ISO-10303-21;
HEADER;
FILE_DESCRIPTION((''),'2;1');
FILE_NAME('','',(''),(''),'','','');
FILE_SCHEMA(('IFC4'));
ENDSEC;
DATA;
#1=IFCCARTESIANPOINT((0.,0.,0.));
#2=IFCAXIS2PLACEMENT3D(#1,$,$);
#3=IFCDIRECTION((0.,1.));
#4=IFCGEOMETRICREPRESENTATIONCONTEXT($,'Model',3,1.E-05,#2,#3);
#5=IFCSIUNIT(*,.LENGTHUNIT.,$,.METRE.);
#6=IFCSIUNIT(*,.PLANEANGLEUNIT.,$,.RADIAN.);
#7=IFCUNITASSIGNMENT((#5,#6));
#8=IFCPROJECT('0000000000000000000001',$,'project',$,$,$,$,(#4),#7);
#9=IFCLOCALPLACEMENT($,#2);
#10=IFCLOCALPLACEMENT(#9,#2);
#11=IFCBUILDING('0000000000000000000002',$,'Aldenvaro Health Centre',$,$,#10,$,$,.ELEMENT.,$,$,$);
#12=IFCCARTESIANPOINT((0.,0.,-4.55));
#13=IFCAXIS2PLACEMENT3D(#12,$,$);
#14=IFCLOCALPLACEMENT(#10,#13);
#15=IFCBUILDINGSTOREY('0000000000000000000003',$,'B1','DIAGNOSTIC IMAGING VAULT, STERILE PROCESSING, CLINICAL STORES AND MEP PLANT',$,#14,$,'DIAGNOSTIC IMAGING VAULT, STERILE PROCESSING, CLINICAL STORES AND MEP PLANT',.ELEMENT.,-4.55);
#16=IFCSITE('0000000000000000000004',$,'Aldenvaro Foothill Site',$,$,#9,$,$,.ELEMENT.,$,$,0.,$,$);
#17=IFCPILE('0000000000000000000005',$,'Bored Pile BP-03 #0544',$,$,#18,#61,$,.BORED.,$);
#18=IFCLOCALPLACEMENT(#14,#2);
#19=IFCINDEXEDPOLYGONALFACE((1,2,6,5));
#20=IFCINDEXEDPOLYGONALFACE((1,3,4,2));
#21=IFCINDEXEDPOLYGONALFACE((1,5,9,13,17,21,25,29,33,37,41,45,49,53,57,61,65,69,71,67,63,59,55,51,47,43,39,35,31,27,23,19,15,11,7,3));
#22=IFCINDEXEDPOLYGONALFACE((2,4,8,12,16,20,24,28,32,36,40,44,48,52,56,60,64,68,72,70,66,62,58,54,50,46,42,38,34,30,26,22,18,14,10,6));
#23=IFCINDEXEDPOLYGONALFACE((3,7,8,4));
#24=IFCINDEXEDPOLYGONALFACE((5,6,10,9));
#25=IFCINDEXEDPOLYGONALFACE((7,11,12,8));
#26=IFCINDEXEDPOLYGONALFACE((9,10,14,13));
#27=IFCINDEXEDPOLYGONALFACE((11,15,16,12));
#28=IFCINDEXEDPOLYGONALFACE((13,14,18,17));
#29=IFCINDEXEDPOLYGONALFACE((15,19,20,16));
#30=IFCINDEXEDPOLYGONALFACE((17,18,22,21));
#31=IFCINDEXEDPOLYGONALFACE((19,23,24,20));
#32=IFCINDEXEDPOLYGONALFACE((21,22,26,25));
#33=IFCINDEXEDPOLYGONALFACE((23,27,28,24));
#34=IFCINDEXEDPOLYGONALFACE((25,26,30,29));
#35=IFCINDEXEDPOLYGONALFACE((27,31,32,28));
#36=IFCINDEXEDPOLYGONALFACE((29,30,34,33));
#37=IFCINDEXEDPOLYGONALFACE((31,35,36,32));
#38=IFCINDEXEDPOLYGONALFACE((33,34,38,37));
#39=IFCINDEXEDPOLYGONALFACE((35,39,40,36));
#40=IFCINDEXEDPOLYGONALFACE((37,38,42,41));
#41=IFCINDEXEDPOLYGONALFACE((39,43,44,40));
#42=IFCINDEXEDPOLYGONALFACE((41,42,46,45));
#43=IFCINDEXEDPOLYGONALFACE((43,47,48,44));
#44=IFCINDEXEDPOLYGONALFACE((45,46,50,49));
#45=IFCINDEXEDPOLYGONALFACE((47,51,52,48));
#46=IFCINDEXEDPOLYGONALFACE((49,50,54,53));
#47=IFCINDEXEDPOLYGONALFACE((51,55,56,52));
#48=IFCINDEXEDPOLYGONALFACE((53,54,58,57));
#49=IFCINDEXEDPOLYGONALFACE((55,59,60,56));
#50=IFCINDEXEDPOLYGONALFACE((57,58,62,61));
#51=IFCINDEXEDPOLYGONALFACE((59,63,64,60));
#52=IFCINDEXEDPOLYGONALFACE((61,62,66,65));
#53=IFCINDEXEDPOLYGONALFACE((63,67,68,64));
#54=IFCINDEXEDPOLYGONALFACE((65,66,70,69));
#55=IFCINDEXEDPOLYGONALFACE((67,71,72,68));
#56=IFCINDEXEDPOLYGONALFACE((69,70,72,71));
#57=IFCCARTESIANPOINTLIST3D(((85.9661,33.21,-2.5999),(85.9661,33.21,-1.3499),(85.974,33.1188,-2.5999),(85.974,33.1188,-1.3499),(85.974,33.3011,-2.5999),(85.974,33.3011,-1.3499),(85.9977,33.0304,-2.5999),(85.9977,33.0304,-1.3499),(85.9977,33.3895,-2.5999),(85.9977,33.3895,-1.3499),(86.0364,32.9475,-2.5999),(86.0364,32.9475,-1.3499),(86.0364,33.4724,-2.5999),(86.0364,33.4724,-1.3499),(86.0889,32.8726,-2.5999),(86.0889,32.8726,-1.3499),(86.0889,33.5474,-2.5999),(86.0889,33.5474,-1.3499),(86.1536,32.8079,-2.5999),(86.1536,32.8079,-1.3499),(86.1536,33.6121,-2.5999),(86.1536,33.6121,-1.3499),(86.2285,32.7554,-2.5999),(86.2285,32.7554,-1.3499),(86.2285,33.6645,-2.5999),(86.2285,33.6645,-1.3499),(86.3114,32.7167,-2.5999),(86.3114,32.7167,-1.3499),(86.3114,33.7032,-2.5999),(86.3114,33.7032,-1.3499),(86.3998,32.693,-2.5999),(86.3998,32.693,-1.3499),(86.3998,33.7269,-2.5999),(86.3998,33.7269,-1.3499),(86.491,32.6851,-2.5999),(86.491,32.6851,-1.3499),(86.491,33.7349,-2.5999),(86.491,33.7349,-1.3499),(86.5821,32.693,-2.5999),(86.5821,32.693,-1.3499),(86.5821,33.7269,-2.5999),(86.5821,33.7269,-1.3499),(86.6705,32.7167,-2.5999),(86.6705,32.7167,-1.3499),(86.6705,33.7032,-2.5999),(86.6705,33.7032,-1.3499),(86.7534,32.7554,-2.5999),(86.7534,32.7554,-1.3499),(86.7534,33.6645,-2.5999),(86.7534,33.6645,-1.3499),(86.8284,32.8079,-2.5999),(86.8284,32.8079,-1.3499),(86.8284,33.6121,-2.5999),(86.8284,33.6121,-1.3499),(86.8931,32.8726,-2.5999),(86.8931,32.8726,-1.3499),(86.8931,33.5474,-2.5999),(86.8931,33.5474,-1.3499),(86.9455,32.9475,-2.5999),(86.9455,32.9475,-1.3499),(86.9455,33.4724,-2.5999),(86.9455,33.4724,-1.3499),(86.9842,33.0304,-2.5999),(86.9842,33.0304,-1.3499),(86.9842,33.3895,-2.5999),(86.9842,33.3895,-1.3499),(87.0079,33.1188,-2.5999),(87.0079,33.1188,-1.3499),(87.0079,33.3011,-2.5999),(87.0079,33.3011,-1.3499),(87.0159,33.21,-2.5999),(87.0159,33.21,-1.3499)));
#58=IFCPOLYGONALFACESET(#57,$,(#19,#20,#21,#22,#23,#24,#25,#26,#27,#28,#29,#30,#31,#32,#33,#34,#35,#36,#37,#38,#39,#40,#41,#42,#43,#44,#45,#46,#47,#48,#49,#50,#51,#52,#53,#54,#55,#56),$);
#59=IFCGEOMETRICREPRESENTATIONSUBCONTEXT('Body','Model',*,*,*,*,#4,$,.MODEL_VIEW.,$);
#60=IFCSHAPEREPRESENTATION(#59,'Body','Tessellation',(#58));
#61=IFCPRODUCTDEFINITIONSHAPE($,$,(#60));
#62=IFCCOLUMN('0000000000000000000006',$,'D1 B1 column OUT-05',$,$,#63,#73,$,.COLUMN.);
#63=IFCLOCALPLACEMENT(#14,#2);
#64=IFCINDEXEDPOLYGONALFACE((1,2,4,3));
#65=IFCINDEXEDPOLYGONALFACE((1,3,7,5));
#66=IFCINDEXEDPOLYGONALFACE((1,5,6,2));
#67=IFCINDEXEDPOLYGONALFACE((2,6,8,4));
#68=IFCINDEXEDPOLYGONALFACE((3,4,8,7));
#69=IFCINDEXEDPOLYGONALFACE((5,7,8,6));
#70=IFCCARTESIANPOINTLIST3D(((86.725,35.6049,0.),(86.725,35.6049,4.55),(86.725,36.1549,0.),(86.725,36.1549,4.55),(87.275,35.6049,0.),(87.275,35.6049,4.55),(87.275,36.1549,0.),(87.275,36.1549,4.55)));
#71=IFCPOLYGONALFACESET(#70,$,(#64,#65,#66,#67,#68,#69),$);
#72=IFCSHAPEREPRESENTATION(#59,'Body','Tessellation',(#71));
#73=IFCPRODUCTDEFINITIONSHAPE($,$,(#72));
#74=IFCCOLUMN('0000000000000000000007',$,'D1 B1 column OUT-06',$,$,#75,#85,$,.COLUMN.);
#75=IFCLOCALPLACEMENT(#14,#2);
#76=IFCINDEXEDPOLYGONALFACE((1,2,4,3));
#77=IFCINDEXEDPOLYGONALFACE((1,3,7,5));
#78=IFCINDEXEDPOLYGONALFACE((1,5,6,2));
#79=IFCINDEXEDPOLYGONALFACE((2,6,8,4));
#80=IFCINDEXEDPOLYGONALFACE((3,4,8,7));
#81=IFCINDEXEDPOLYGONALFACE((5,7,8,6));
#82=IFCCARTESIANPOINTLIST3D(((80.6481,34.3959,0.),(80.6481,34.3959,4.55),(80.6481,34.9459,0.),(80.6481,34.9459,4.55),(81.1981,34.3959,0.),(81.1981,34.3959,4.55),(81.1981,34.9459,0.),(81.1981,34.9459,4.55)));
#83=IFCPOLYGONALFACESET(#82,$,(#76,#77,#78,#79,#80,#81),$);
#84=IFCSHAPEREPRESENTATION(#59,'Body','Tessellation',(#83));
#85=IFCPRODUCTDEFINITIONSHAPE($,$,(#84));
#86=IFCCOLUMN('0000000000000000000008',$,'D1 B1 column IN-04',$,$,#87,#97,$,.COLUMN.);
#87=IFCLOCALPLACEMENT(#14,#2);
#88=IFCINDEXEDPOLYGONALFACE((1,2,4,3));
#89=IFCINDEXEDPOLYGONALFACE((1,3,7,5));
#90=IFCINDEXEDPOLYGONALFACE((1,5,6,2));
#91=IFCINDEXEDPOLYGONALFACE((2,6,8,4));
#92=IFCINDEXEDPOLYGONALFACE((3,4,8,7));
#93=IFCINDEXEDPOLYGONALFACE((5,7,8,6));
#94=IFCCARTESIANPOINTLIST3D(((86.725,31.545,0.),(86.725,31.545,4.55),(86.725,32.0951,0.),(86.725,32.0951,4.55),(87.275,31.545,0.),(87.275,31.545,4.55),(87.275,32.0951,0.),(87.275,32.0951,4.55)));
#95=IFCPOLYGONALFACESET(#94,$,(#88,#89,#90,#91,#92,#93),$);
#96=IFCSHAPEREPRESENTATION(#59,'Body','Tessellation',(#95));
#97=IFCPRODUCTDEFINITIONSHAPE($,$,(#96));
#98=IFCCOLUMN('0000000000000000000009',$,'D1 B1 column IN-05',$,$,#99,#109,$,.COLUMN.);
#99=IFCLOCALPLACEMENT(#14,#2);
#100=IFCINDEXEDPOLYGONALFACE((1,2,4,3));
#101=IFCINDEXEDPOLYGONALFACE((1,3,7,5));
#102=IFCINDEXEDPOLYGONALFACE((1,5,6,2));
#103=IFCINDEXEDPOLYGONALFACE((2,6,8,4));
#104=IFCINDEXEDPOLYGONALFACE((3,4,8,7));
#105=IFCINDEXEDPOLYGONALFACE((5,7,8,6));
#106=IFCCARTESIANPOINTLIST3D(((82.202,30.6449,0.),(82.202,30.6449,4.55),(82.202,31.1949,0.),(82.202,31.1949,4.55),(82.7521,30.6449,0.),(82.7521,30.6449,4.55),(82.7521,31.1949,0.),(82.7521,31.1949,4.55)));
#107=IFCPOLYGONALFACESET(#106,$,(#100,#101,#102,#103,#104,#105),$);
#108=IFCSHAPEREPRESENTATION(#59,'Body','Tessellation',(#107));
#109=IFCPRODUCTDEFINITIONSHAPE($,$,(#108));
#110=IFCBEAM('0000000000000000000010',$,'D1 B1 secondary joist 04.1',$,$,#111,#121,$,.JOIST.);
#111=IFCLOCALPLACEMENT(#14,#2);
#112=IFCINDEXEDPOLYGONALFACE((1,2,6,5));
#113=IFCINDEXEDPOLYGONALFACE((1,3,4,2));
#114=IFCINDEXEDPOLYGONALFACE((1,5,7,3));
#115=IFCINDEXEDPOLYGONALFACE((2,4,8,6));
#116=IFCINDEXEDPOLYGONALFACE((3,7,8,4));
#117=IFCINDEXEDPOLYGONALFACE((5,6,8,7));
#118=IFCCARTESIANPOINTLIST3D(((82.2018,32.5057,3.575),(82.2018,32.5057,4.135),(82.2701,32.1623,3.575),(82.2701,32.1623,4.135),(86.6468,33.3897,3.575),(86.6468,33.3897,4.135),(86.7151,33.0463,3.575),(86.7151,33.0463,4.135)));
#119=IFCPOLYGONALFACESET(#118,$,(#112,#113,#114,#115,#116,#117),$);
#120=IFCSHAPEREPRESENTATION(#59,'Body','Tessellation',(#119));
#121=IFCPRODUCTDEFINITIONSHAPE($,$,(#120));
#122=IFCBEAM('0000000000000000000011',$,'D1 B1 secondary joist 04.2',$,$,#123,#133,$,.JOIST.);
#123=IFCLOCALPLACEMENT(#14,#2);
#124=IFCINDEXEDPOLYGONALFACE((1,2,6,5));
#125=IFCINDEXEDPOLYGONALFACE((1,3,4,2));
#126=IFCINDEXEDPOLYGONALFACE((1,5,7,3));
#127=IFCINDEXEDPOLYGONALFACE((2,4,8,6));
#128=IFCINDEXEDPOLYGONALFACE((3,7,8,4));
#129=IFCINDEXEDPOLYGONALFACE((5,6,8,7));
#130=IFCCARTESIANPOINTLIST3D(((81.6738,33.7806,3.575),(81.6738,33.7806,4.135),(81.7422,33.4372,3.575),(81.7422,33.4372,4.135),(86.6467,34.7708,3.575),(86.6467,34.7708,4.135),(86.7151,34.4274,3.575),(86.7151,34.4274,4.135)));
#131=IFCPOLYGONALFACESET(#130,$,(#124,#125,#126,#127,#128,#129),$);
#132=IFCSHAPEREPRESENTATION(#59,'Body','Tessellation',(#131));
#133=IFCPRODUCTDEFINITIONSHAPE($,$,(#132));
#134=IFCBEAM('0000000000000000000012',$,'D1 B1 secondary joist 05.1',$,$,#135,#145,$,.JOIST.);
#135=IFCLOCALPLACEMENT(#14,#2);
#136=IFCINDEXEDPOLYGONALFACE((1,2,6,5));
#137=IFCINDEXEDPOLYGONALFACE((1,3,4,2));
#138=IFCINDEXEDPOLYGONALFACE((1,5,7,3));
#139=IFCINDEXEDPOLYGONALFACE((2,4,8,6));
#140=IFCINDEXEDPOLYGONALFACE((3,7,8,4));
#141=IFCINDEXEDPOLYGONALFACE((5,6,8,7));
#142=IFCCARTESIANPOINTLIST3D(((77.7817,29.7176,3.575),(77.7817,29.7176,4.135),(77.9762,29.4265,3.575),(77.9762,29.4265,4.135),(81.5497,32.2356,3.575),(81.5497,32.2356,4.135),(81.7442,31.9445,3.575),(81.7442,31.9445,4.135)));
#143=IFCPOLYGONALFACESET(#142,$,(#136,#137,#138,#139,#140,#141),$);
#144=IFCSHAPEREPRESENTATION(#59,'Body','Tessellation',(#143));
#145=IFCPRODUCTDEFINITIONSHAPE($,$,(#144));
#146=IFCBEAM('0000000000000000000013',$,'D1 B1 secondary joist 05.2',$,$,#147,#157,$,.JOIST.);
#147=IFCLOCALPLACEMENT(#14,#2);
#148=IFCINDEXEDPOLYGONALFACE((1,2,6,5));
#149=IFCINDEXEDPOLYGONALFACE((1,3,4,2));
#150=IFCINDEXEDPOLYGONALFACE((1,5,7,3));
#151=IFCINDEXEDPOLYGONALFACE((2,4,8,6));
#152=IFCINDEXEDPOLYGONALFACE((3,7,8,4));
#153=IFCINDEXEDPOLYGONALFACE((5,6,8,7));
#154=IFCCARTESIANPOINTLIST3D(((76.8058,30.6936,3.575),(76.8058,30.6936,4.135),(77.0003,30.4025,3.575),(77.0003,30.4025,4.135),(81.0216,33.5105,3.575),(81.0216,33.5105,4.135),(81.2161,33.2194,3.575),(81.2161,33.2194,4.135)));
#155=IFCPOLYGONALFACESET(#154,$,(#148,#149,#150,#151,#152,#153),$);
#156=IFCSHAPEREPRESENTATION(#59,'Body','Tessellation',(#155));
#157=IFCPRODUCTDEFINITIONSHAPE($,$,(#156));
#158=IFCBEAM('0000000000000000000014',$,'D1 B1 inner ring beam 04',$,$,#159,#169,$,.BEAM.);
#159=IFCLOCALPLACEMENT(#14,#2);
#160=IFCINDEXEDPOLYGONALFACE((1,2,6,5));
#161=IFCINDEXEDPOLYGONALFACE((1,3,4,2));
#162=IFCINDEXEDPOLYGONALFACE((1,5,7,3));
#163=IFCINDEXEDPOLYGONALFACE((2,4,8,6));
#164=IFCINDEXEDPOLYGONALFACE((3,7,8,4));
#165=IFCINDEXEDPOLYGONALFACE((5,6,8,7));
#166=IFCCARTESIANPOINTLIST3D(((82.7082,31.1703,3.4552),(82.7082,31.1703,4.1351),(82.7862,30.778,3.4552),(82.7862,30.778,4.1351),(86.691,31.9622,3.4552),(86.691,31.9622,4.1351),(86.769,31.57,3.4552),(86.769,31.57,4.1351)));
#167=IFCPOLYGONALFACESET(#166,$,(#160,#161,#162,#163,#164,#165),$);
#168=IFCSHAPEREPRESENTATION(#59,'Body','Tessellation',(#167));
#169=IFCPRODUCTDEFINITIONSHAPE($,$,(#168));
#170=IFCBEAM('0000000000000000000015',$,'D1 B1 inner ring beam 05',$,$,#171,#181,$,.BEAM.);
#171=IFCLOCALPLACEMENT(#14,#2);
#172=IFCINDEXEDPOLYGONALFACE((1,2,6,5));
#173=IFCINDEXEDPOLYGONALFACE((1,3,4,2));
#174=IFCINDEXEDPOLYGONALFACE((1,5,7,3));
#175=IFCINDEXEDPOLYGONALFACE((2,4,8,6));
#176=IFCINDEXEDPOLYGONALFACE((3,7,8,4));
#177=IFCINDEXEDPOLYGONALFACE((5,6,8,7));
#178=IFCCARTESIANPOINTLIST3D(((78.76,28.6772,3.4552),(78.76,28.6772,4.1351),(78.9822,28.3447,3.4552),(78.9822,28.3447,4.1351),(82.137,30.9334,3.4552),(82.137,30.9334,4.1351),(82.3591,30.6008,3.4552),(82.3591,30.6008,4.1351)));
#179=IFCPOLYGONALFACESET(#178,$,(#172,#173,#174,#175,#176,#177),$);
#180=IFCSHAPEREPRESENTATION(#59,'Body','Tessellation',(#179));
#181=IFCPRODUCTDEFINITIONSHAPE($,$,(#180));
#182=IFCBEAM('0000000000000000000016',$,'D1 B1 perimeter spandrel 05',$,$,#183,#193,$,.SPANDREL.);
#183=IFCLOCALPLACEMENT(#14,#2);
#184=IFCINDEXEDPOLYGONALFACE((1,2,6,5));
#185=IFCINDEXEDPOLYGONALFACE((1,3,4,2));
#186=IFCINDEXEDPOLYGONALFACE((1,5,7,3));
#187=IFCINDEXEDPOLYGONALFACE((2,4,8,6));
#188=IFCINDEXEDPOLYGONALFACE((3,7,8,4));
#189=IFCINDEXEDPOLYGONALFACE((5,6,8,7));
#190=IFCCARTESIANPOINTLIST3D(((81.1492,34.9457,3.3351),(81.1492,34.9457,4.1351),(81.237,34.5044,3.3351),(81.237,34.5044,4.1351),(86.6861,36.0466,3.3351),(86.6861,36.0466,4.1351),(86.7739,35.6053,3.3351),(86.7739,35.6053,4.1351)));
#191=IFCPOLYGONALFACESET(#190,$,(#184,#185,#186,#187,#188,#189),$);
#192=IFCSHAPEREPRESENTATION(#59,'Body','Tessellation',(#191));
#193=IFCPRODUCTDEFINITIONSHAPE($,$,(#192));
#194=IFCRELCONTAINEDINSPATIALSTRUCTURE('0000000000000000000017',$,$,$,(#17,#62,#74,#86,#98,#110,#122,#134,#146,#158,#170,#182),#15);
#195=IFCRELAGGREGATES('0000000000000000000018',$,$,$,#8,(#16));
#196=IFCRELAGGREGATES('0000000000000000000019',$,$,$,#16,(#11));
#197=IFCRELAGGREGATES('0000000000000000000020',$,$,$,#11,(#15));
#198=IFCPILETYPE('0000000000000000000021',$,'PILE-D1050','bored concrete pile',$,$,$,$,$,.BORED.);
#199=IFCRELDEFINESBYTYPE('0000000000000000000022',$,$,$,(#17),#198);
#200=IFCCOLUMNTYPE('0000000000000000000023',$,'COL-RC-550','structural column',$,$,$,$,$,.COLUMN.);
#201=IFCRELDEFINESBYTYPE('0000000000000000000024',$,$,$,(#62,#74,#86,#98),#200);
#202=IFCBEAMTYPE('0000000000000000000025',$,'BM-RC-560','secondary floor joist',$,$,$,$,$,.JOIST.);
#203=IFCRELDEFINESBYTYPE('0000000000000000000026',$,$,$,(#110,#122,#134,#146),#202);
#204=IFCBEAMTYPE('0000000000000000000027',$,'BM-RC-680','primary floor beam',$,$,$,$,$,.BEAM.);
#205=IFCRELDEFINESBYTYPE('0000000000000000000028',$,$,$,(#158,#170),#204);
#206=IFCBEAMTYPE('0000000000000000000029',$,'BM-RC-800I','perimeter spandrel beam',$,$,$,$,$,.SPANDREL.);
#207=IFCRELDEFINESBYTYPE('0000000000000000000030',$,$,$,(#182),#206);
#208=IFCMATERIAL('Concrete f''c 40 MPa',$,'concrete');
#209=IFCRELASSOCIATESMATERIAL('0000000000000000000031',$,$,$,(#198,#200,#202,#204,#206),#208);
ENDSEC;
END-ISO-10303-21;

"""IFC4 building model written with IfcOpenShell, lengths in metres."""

from ifc_helpers import new_model, si_unit, direction, frame, origin, origin_2d, place, context, subcontext, project, spatial, rectangle, circle, extrude, material, material_profile, profile_set, type_object, element, save


model = new_model("IFC4")

# Units and contexts
model_context = context("Model", 3, precision=1e-05, world=origin(), true_north=direction((0.0, 1.0)))
body_context = subcontext(model_context, "Body", "Model", "MODEL_VIEW")
ifc_project = project(units=[si_unit("LENGTHUNIT", "METRE"), si_unit("PLANEANGLEUNIT", "RADIAN")], contexts=[model_context])

# Site, building, storey
site_placement = place(None, origin())
site = spatial("IfcSite", under=ifc_project, at=site_placement, Name="Aldenvaro Foothill Site", CompositionType="ELEMENT", RefElevation=0.0)
building_placement = place(site_placement, origin())
building = spatial("IfcBuilding", under=site, at=building_placement, Name="Aldenvaro Health Centre", CompositionType="ELEMENT")
storey_placement = place(building_placement, frame((0.0, 0.0, -4.55)))
storey = spatial("IfcBuildingStorey", under=building, at=storey_placement, Name="B1", Description="DIAGNOSTIC IMAGING VAULT, STERILE PROCESSING, CLINICAL STORES AND MEP PLANT", LongName="DIAGNOSTIC IMAGING VAULT, STERILE PROCESSING, CLINICAL STORES AND MEP PLANT", CompositionType="ELEMENT", Elevation=-4.55)

# Pile
ifc_material_1 = material(Name="Concrete f'c 40 MPa", Category="concrete")
ifc_material_profile_1 = material_profile(ifc_material_1, circle(Radius=0.5249, at=origin_2d()), Name="PILE D1050", Category="concrete")
ifc_profile_set_1 = profile_set([ifc_material_profile_1], Name="Concrete f'c 40 MPa")
pile_type = type_object("IfcPileType", Name="PILE-D1050", Description="bored concrete pile", PredefinedType="BORED", material=ifc_profile_set_1)
for number, where, z_axis, x_axis, name in (
    (1, (86.491, 33.21, -1.3499), (0.0, 0.0, -1.0), (1.0, 0.0, 0.0), "Bored Pile BP-03 #0544"),
):
    element("IfcPile", number, at=place(storey_placement, frame(where, z_axis=z_axis, x_axis=x_axis)), inside=storey, type_object=pile_type, Name=name, PredefinedType="BORED", context=body_context, shape_type="SweptSolid", body=[
        extrude(circle(Radius=0.5249, at=origin_2d()), origin(), (0.0, 0.0, 1.0), 1.25),
    ])

# Columns
ifc_material_profile_2 = material_profile(ifc_material_1, rectangle(XDim=0.55, YDim=0.55, at=origin_2d()), Name="RC 550x550", Category="concrete")
ifc_profile_set_2 = profile_set([ifc_material_profile_2], Name="Concrete f'c 40 MPa")
column_type = type_object("IfcColumnType", Name="COL-RC-550", Description="structural column", PredefinedType="COLUMN", material=ifc_profile_set_2)
for number, where, z_axis, x_axis, name in (
    (2, (87.0, 35.8799, 0.0), (0.0, 0.0, 1.0), (1.0, 0.0, 0.0), "D1 B1 column OUT-05"),
    (3, (80.9231, 34.6709, 0.0), (0.0, 0.0, 1.0), (1.0, 0.0, 0.0), "D1 B1 column OUT-06"),
    (4, (87.0, 31.8201, 0.0), (0.0, 0.0, 1.0), (1.0, 0.0, 0.0), "D1 B1 column IN-04"),
    (5, (82.4771, 30.9199, 0.0), (0.0, 0.0, 1.0), (1.0, 0.0, 0.0), "D1 B1 column IN-05"),
):
    element("IfcColumn", number, at=place(storey_placement, frame(where, z_axis=z_axis, x_axis=x_axis)), inside=storey, type_object=column_type, Name=name, PredefinedType="COLUMN", context=body_context, shape_type="SweptSolid", body=[
        extrude(rectangle(XDim=0.55, YDim=0.55, at=origin_2d()), origin(), (0.0, 0.0, 1.0), 4.55),
    ])

# Beams
ifc_material_profile_3 = material_profile(ifc_material_1, rectangle(XDim=0.3501, YDim=0.5601, at=origin_2d()), Name="RC 350x560", Category="concrete")
ifc_profile_set_3 = profile_set([ifc_material_profile_3], Name="Concrete f'c 40 MPa")
beam_type_1 = type_object("IfcBeamType", Name="BM-RC-560", Description="secondary floor joist", PredefinedType="JOIST", material=ifc_profile_set_3)
beam_1_placement = place(storey_placement, frame((86.6809, 33.218, 3.855), z_axis=(-0.980789, -0.19507, 0.0), x_axis=(0.19507, -0.980789, 0.0)))
element("IfcBeam", 6, at=beam_1_placement, inside=storey, type_object=beam_type_1, Name="D1 B1 secondary joist 04.1", PredefinedType="JOIST", context=body_context, shape_type="SweptSolid", body=[
    extrude(rectangle(XDim=0.3501, YDim=0.5601, at=origin_2d()), origin(), (0.0, 0.0, 1.0), 4.532),
])
beam_2_placement = place(storey_placement, frame((86.6809, 34.5991, 3.855), z_axis=(-0.980745, -0.195292, 0.0), x_axis=(0.195292, -0.980745, 0.0)))
element("IfcBeam", 7, at=beam_2_placement, inside=storey, type_object=beam_type_1, Name="D1 B1 secondary joist 04.2", PredefinedType="JOIST", context=body_context, shape_type="SweptSolid", body=[
    extrude(rectangle(XDim=0.3501, YDim=0.5601, at=origin_2d()), origin(), (0.0, 0.0, 1.0), 5.0706),
])
beam_3_placement = place(storey_placement, frame((81.647, 32.0901, 3.855), z_axis=(-0.831436, -0.55562, 0.0), x_axis=(0.55562, -0.831436, 0.0)))
element("IfcBeam", 8, at=beam_3_placement, inside=storey, type_object=beam_type_1, Name="D1 B1 secondary joist 05.1", PredefinedType="JOIST", context=body_context, shape_type="SweptSolid", body=[
    extrude(rectangle(XDim=0.3501, YDim=0.5601, at=origin_2d()), origin(), (0.0, 0.0, 1.0), 4.532),
])
beam_4_placement = place(storey_placement, frame((81.1189, 33.365, 3.855), z_axis=(-0.831472, -0.555567, 0.0), x_axis=(0.555567, -0.831472, 0.0)))
element("IfcBeam", 9, at=beam_4_placement, inside=storey, type_object=beam_type_1, Name="D1 B1 secondary joist 05.2", PredefinedType="JOIST", context=body_context, shape_type="SweptSolid", body=[
    extrude(rectangle(XDim=0.3501, YDim=0.5601, at=origin_2d()), origin(), (0.0, 0.0, 1.0), 5.0703),
])
ifc_material_profile_4 = material_profile(ifc_material_1, rectangle(XDim=0.3999, YDim=0.6799, at=origin_2d()), Name="RC 400x680", Category="concrete")
ifc_profile_set_4 = profile_set([ifc_material_profile_4], Name="Concrete f'c 40 MPa")
beam_type_2 = type_object("IfcBeamType", Name="BM-RC-680", Description="primary floor beam", PredefinedType="BEAM", material=ifc_profile_set_4)
beam_5_placement = place(storey_placement, frame((86.73, 31.7661, 3.7952), z_axis=(-0.980797, -0.195029, 0.0), x_axis=(0.195029, -0.980797, 0.0)))
element("IfcBeam", 10, at=beam_5_placement, inside=storey, type_object=beam_type_2, Name="D1 B1 inner ring beam 04", PredefinedType="BEAM", context=body_context, shape_type="SweptSolid", body=[
    extrude(rectangle(XDim=0.3999, YDim=0.6799, at=origin_2d()), origin(), (0.0, 0.0, 1.0), 4.0608),
])
beam_6_placement = place(storey_placement, frame((82.248, 30.7671, 3.7952), z_axis=(-0.831504, -0.555518, 0.0), x_axis=(0.555518, -0.831504, 0.0)))
element("IfcBeam", 11, at=beam_6_placement, inside=storey, type_object=beam_type_2, Name="D1 B1 inner ring beam 05", PredefinedType="BEAM", context=body_context, shape_type="SweptSolid", body=[
    extrude(rectangle(XDim=0.3999, YDim=0.6799, at=origin_2d()), origin(), (0.0, 0.0, 1.0), 4.0613),
])
ifc_material_profile_5 = material_profile(ifc_material_1, rectangle(XDim=0.45, YDim=0.8, at=origin_2d()), Name="RC 450x800", Category="concrete")
ifc_profile_set_5 = profile_set([ifc_material_profile_5], Name="Concrete f'c 40 MPa")
beam_type_3 = type_object("IfcBeamType", Name="BM-RC-800I", Description="perimeter spandrel beam", PredefinedType="SPANDREL", material=ifc_profile_set_5)
for number, where, z_axis, x_axis, name in (
    (12, (86.73, 35.8259, 3.7351), (-0.980803, -0.195002, 0.0), (0.195002, -0.980803, 0.0), "D1 B1 perimeter spandrel 05"),
):
    element("IfcBeam", number, at=place(storey_placement, frame(where, z_axis=z_axis, x_axis=x_axis)), inside=storey, type_object=beam_type_3, Name=name, PredefinedType="SPANDREL", context=body_context, shape_type="SweptSolid", body=[
        extrude(rectangle(XDim=0.45, YDim=0.8, at=origin_2d()), origin(), (0.0, 0.0, 1.0), 5.6453),
    ])

save(model, "model.ifc")
